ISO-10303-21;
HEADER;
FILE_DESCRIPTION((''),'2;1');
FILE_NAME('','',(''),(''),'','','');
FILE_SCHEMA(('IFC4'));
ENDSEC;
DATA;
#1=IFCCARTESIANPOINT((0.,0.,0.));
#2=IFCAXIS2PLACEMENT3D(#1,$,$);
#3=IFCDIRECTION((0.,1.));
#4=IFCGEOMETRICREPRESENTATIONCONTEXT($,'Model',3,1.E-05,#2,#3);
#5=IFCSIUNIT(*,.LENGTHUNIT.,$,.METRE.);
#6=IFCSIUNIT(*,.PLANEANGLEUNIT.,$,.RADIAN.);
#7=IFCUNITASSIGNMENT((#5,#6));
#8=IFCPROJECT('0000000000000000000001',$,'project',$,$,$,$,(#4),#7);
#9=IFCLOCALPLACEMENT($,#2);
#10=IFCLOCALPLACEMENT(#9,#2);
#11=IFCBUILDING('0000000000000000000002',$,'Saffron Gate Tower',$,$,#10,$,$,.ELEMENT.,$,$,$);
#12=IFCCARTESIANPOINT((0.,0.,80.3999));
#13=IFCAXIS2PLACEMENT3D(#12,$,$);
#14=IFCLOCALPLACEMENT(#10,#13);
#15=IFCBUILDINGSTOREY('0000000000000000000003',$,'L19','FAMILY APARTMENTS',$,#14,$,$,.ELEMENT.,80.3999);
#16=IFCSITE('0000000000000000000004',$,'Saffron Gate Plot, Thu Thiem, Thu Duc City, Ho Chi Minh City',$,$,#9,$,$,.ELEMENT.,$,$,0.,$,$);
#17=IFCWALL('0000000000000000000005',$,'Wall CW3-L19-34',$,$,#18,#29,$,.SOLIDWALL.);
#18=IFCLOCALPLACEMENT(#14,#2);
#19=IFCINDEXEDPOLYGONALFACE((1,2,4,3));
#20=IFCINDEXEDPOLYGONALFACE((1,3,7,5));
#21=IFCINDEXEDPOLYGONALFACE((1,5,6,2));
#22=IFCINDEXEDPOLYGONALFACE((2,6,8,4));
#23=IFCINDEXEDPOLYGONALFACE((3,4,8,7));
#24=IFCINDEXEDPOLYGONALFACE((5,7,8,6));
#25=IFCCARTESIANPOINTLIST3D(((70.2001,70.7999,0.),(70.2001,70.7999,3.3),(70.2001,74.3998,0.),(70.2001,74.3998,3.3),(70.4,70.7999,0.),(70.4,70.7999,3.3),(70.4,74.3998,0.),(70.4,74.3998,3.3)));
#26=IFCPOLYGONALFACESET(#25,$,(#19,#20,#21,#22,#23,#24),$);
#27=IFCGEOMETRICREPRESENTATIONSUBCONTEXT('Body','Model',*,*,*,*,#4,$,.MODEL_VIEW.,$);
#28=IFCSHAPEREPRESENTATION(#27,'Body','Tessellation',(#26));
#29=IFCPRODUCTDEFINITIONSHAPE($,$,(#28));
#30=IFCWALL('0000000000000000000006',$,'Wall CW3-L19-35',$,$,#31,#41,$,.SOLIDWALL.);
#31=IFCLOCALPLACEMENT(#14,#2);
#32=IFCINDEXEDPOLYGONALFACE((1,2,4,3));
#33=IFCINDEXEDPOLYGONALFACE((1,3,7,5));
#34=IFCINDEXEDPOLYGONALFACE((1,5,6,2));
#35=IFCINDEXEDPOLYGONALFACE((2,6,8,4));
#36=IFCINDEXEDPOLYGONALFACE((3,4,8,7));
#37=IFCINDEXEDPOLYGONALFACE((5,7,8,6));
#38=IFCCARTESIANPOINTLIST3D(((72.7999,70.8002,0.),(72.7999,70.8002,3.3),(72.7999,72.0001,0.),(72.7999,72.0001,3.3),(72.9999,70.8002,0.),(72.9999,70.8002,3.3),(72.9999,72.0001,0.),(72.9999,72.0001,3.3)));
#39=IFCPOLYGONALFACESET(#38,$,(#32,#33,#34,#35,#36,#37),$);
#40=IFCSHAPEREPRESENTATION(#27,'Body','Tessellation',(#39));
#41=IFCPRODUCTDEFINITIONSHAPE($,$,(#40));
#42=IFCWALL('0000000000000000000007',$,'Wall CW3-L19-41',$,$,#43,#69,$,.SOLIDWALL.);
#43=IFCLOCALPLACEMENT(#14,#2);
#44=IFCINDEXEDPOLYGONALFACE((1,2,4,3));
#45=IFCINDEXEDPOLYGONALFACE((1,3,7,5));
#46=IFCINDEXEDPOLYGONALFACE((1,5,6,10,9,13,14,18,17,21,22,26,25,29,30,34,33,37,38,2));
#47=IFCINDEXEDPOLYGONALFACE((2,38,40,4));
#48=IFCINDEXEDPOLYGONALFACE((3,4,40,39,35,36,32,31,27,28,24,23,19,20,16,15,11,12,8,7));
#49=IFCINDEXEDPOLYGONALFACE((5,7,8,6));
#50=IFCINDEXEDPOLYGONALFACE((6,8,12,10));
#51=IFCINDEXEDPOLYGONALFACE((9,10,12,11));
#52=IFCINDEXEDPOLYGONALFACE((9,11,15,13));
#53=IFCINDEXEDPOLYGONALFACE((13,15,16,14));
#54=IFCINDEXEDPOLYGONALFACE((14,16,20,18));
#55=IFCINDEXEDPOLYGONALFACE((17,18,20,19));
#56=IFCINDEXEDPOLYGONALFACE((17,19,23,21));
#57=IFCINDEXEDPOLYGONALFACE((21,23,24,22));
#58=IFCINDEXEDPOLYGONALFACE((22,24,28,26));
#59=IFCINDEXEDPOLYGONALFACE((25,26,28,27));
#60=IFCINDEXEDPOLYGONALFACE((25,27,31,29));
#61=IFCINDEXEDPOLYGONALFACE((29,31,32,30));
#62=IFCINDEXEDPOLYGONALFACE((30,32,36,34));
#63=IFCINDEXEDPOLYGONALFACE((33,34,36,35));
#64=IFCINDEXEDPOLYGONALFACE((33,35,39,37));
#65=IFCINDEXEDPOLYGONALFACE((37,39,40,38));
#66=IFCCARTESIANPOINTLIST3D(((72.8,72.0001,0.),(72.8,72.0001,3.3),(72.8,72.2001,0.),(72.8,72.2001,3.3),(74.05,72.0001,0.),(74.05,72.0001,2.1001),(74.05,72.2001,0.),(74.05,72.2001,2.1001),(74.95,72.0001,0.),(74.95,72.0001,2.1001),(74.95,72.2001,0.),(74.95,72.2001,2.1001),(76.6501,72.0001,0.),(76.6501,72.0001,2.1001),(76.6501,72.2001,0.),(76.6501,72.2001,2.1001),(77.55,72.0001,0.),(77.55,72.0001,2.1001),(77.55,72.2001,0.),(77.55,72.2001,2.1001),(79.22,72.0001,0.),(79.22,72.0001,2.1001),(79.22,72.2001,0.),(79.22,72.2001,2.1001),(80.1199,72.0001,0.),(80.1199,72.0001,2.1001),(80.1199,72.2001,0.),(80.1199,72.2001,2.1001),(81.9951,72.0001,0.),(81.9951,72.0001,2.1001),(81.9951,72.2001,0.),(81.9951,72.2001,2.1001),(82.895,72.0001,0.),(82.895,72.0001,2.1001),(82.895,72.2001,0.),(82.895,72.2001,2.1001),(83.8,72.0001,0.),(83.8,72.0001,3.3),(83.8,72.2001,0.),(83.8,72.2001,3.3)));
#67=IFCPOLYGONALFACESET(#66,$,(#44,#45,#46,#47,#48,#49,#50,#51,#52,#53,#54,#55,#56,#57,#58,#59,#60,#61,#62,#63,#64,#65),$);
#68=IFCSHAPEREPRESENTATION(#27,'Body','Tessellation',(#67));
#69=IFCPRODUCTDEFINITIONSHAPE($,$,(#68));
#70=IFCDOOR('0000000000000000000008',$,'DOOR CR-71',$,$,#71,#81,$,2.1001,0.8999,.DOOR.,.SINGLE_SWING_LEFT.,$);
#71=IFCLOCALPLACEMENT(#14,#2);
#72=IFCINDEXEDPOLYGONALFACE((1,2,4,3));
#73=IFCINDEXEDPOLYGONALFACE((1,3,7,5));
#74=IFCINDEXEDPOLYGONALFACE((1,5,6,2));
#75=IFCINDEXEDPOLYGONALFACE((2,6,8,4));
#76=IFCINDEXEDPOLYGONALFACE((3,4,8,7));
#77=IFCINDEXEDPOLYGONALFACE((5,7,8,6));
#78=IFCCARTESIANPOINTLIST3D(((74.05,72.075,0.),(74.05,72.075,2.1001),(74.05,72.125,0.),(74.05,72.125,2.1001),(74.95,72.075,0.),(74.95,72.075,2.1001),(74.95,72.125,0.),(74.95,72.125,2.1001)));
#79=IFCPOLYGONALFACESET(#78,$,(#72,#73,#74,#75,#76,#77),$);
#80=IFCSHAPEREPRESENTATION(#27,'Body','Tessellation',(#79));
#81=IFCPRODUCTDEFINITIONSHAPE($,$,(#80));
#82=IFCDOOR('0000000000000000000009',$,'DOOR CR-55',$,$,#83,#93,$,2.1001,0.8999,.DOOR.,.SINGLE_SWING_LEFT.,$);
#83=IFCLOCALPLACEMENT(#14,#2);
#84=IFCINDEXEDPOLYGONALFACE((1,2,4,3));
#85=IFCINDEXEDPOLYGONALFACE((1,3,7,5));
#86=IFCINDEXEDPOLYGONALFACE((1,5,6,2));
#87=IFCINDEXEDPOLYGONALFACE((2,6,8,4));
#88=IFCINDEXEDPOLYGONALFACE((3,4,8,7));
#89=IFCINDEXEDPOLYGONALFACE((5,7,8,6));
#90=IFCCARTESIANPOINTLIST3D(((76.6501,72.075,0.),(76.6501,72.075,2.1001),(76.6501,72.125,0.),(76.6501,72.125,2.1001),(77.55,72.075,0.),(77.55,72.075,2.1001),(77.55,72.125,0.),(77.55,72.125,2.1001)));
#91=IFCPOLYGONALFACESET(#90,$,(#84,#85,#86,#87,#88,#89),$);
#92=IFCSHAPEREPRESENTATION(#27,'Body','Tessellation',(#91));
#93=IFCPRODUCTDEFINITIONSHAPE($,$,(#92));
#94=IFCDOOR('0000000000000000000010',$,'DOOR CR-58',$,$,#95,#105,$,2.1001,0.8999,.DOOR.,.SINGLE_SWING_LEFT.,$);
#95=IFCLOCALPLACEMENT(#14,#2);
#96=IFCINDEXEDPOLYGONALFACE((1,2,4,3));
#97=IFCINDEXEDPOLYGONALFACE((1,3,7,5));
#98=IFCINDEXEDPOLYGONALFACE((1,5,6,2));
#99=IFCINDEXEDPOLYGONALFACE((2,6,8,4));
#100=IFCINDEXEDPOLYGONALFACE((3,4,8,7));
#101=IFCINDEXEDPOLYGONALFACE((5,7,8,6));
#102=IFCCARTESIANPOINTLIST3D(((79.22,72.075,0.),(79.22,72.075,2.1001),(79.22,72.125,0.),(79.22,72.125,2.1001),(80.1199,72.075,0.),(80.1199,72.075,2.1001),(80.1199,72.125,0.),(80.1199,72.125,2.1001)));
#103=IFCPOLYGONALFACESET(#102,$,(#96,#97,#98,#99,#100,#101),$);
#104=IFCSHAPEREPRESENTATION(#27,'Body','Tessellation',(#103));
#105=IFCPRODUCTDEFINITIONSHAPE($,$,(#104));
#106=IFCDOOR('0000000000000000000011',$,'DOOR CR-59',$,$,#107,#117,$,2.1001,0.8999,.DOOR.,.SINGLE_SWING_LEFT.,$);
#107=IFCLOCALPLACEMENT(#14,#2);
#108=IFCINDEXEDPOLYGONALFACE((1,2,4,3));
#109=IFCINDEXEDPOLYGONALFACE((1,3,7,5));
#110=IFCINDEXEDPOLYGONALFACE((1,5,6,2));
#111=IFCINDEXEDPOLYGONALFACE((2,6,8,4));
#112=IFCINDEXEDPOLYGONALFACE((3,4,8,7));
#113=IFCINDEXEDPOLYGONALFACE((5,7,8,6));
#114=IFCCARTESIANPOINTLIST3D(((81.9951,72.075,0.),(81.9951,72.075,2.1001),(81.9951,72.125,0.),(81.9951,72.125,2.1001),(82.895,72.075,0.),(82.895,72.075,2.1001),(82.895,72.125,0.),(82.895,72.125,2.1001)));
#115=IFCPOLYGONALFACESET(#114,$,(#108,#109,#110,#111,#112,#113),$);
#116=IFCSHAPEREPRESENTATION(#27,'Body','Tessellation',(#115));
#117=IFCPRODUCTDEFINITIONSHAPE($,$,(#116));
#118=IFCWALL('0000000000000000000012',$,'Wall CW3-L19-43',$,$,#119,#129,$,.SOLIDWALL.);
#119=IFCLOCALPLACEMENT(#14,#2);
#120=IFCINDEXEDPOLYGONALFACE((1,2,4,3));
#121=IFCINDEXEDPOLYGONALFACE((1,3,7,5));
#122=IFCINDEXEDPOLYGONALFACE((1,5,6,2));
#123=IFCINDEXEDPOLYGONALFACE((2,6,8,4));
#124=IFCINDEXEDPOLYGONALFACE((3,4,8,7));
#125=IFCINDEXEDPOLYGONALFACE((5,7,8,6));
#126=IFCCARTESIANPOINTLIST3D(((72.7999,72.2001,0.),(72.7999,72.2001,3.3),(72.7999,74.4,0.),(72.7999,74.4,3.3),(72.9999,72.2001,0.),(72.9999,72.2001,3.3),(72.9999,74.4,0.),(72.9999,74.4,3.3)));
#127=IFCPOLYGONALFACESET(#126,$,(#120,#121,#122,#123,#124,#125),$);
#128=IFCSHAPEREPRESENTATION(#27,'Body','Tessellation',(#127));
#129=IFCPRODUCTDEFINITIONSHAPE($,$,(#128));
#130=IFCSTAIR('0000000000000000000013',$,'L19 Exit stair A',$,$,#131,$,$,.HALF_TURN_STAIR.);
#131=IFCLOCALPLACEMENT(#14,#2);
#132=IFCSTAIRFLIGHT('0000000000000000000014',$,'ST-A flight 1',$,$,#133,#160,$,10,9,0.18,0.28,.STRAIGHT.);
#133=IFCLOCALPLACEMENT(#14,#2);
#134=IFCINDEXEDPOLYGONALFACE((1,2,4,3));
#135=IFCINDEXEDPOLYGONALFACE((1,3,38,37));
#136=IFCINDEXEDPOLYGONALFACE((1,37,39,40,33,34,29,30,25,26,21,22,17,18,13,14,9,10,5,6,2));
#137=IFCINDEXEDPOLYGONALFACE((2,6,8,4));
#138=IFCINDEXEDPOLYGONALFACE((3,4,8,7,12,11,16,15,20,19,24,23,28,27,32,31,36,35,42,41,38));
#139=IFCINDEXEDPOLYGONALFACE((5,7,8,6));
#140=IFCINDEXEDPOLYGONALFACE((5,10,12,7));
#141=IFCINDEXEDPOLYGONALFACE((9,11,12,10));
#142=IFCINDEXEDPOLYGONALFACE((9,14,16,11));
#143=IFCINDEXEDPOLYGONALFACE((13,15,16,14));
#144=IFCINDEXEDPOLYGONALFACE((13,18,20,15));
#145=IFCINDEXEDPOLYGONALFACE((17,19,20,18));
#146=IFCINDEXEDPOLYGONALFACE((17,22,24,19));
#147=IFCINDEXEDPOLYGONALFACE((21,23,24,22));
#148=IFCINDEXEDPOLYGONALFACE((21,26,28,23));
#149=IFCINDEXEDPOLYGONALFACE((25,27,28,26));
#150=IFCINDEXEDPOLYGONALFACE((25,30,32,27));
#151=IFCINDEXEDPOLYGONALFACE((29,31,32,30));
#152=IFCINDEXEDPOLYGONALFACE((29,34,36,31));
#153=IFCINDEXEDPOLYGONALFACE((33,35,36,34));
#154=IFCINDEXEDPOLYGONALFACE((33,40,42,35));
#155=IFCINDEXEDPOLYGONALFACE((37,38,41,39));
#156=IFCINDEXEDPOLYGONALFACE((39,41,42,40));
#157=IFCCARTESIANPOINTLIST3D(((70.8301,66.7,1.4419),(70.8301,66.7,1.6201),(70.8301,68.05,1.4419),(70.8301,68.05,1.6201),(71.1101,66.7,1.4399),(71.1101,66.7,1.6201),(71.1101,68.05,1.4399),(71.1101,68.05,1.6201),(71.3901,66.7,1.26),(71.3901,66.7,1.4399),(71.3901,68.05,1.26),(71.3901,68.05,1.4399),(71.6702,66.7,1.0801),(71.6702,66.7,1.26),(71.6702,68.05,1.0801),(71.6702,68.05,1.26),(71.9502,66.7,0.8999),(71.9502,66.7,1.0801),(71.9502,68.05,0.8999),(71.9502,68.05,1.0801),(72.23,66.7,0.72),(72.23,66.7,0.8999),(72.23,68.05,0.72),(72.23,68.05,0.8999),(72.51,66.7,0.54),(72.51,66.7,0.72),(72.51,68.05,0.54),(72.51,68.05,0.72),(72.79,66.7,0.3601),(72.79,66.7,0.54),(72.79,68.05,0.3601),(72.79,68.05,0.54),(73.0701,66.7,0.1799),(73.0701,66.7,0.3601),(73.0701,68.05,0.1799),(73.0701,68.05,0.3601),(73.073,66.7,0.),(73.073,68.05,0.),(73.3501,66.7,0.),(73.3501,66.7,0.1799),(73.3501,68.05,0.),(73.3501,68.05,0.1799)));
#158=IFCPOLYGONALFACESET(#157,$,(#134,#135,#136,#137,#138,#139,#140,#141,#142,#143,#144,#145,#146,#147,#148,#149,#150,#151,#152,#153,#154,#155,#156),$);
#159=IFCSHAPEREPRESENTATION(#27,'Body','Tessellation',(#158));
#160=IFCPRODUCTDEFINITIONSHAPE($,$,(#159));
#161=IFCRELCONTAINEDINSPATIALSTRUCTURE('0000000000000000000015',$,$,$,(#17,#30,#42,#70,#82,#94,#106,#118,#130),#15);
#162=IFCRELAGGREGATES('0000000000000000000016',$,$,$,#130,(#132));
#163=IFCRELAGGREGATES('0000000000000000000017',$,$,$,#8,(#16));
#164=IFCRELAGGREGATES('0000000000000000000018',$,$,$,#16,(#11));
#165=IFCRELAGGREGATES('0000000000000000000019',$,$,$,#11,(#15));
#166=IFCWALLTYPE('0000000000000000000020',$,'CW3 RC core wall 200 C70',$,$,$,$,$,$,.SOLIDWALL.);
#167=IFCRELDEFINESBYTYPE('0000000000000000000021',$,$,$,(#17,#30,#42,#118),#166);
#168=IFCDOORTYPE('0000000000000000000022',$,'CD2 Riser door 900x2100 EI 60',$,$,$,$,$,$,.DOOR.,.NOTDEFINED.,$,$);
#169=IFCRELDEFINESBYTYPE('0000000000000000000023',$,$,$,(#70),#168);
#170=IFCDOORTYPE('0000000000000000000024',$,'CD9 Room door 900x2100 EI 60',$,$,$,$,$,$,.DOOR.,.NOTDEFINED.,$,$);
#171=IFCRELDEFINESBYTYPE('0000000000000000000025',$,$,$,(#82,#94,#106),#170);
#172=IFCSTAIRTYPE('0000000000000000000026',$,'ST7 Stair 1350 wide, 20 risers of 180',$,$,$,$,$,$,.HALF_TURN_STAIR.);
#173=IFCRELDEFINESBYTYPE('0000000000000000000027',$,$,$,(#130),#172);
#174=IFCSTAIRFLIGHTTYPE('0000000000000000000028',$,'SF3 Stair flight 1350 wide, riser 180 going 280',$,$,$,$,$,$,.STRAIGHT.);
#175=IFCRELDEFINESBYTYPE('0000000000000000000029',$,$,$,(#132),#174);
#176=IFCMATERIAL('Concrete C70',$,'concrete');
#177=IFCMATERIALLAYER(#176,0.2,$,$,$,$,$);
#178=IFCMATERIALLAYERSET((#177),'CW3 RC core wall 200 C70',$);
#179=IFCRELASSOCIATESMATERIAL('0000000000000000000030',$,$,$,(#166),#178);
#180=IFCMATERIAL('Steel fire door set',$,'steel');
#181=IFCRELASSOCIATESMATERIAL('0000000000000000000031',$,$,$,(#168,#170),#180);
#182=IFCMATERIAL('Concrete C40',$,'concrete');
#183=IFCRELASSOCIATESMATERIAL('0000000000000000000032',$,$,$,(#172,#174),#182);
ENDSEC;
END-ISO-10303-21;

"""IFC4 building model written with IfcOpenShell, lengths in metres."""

from ifc_helpers import new_model, si_unit, direction, frame, frame_2d, origin, place, context, subcontext, project, spatial, polyline, rectangle, outline, extrude, material, layer, layer_set, type_object, element, fill, aggregate, save


model = new_model("IFC4")

# Units and contexts
model_context = context("Model", 3, precision=1e-05, world=origin(), true_north=direction((0.0, 1.0)))
body_context = subcontext(model_context, "Body", "Model", "MODEL_VIEW")
ifc_project = project(units=[si_unit("LENGTHUNIT", "METRE"), si_unit("PLANEANGLEUNIT", "RADIAN")], contexts=[model_context])

# Site, building, storey
site_placement = place(None, origin())
site = spatial("IfcSite", under=ifc_project, at=site_placement, Name="Saffron Gate Plot, Thu Thiem, Thu Duc City, Ho Chi Minh City", CompositionType="ELEMENT", RefElevation=0.0)
building_placement = place(site_placement, origin())
building = spatial("IfcBuilding", under=site, at=building_placement, Name="Saffron Gate Tower", CompositionType="ELEMENT")
storey_placement = place(building_placement, frame((0.0, 0.0, 80.3999)))
storey = spatial("IfcBuildingStorey", under=building, at=storey_placement, Name="L19", Description="FAMILY APARTMENTS", CompositionType="ELEMENT", Elevation=80.3999)

# Walls
ifc_material_1 = material(Name="Concrete C70", Category="concrete")
ifc_layer = layer(ifc_material_1, 0.2)
ifc_layer_set = layer_set([ifc_layer], Name="CW3 RC core wall 200 C70")
wall_type = type_object("IfcWallType", Name="CW3 RC core wall 200 C70", PredefinedType="SOLIDWALL", material=ifc_layer_set)
wall_1_placement = place(storey_placement, frame((70.3, 70.8, 0.0), z_axis=(0.0, 0.0, 1.0), x_axis=(0.0, 1.0, 0.0)))
element("IfcWall", 1, at=wall_1_placement, inside=storey, type_object=wall_type, Name="Wall CW3-L19-34", PredefinedType="SOLIDWALL", context=body_context, shape_type="SweptSolid", body=[
    extrude(rectangle(XDim=3.5999, YDim=0.2, at=frame_2d((1.7998, 0.0))), origin(), (0.0, 0.0, 1.0), 3.3),
])
wall_2_placement = place(storey_placement, frame((72.8999, 70.8, 0.0), z_axis=(0.0, 0.0, 1.0), x_axis=(0.0, 1.0, 0.0)))
element("IfcWall", 2, at=wall_2_placement, inside=storey, type_object=wall_type, Name="Wall CW3-L19-35", PredefinedType="SOLIDWALL", context=body_context, shape_type="SweptSolid", body=[
    extrude(rectangle(XDim=1.2, YDim=0.2, at=frame_2d((0.6001, 0.0))), origin(), (0.0, 0.0, 1.0), 3.3),
])

# Wall, openings, doors
wall_3_placement = place(storey_placement, frame((72.8, 72.1001, 0.0), z_axis=(0.0, 0.0, 1.0), x_axis=(1.0, 0.0, 0.0)))
wall_3 = element("IfcWall", 3, at=wall_3_placement, inside=storey, type_object=wall_type, Name="Wall CW3-L19-41", PredefinedType="SOLIDWALL", context=body_context, shape_type="SweptSolid", body=[
    extrude(rectangle(XDim=11.0, YDim=0.2, at=frame_2d((5.5, 0.0))), origin(), (0.0, 0.0, 1.0), 3.3),
])
opening_1_placement = place(wall_3_placement, frame((1.25, 0.0, 0.0)))
opening_1 = element("IfcOpeningElement", 4, at=opening_1_placement, cuts=wall_3, PredefinedType="OPENING", context=body_context, shape_type="SweptSolid", body=[
    extrude(rectangle(XDim=0.8999, YDim=2.1001, at=frame_2d((0.45, 1.05))), frame((0.0, 0.1099, 0.0), z_axis=(0.0, -1.0, 0.0), x_axis=(1.0, 0.0, 0.0)), (0.0, 0.0, 1.0), 0.22),
])
opening_2_placement = place(wall_3_placement, frame((3.8501, 0.0, 0.0)))
opening_2 = element("IfcOpeningElement", 5, at=opening_2_placement, cuts=wall_3, PredefinedType="OPENING", context=body_context, shape_type="SweptSolid", body=[
    extrude(rectangle(XDim=0.8999, YDim=2.1001, at=frame_2d((0.45, 1.05))), frame((0.0, 0.1099, 0.0), z_axis=(0.0, -1.0, 0.0), x_axis=(1.0, 0.0, 0.0)), (0.0, 0.0, 1.0), 0.22),
])
opening_3_placement = place(wall_3_placement, frame((6.4199, 0.0, 0.0)))
opening_3 = element("IfcOpeningElement", 6, at=opening_3_placement, cuts=wall_3, PredefinedType="OPENING", context=body_context, shape_type="SweptSolid", body=[
    extrude(rectangle(XDim=0.8999, YDim=2.1001, at=frame_2d((0.45, 1.05))), frame((0.0, 0.1099, 0.0), z_axis=(0.0, -1.0, 0.0), x_axis=(1.0, 0.0, 0.0)), (0.0, 0.0, 1.0), 0.22),
])
opening_4_placement = place(wall_3_placement, frame((9.1951, 0.0, 0.0)))
opening_4 = element("IfcOpeningElement", 7, at=opening_4_placement, cuts=wall_3, PredefinedType="OPENING", context=body_context, shape_type="SweptSolid", body=[
    extrude(rectangle(XDim=0.8999, YDim=2.1001, at=frame_2d((0.45, 1.05))), frame((0.0, 0.1099, 0.0), z_axis=(0.0, -1.0, 0.0), x_axis=(1.0, 0.0, 0.0)), (0.0, 0.0, 1.0), 0.22),
])
ifc_material_2 = material(Name="Steel fire door set", Category="steel")
door_type_1 = type_object("IfcDoorType", Name="CD2 Riser door 900x2100 EI 60", OperationType="NOTDEFINED", PredefinedType="DOOR", material=ifc_material_2)
door_1_placement = place(opening_1_placement, origin())
door_1 = element("IfcDoor", 8, at=door_1_placement, inside=storey, type_object=door_type_1, Name="DOOR CR-71", OperationType="SINGLE_SWING_LEFT", OverallHeight=2.1001, OverallWidth=0.8999, PredefinedType="DOOR", context=body_context, shape_type="SweptSolid", body=[
    extrude(rectangle(XDim=0.8999, YDim=2.1001, at=frame_2d((0.45, 1.05))), frame((0.0, 0.0249, 0.0), z_axis=(0.0, -1.0, 0.0), x_axis=(1.0, 0.0, 0.0)), (0.0, 0.0, 1.0), 0.05),
])
fill(opening_1, door_1)
door_type_2 = type_object("IfcDoorType", Name="CD9 Room door 900x2100 EI 60", OperationType="NOTDEFINED", PredefinedType="DOOR", material=ifc_material_2)
door_2_placement = place(opening_2_placement, origin())
door_2 = element("IfcDoor", 9, at=door_2_placement, inside=storey, type_object=door_type_2, Name="DOOR CR-55", OperationType="SINGLE_SWING_LEFT", OverallHeight=2.1001, OverallWidth=0.8999, PredefinedType="DOOR", context=body_context, shape_type="SweptSolid", body=[
    extrude(rectangle(XDim=0.8999, YDim=2.1001, at=frame_2d((0.45, 1.05))), frame((0.0, 0.0249, 0.0), z_axis=(0.0, -1.0, 0.0), x_axis=(1.0, 0.0, 0.0)), (0.0, 0.0, 1.0), 0.05),
])
fill(opening_2, door_2)
door_3_placement = place(opening_3_placement, origin())
door_3 = element("IfcDoor", 10, at=door_3_placement, inside=storey, type_object=door_type_2, Name="DOOR CR-58", OperationType="SINGLE_SWING_LEFT", OverallHeight=2.1001, OverallWidth=0.8999, PredefinedType="DOOR", context=body_context, shape_type="SweptSolid", body=[
    extrude(rectangle(XDim=0.8999, YDim=2.1001, at=frame_2d((0.45, 1.05))), frame((0.0, 0.0249, 0.0), z_axis=(0.0, -1.0, 0.0), x_axis=(1.0, 0.0, 0.0)), (0.0, 0.0, 1.0), 0.05),
])
fill(opening_3, door_3)
door_4_placement = place(opening_4_placement, origin())
door_4 = element("IfcDoor", 11, at=door_4_placement, inside=storey, type_object=door_type_2, Name="DOOR CR-59", OperationType="SINGLE_SWING_LEFT", OverallHeight=2.1001, OverallWidth=0.8999, PredefinedType="DOOR", context=body_context, shape_type="SweptSolid", body=[
    extrude(rectangle(XDim=0.8999, YDim=2.1001, at=frame_2d((0.45, 1.05))), frame((0.0, 0.0249, 0.0), z_axis=(0.0, -1.0, 0.0), x_axis=(1.0, 0.0, 0.0)), (0.0, 0.0, 1.0), 0.05),
])
fill(opening_4, door_4)

# Wall
wall_4_placement = place(storey_placement, frame((72.8999, 72.2, 0.0), z_axis=(0.0, 0.0, 1.0), x_axis=(0.0, 1.0, 0.0)))
element("IfcWall", 12, at=wall_4_placement, inside=storey, type_object=wall_type, Name="Wall CW3-L19-43", PredefinedType="SOLIDWALL", context=body_context, shape_type="SweptSolid", body=[
    extrude(rectangle(XDim=2.2, YDim=0.2, at=frame_2d((1.1001, 0.0))), origin(), (0.0, 0.0, 1.0), 3.3),
])

# Stair, stair flight
ifc_material_3 = material(Name="Concrete C40", Category="concrete")
stair_type = type_object("IfcStairType", Name="ST7 Stair 1350 wide, 20 risers of 180", PredefinedType="HALF_TURN_STAIR", material=ifc_material_3)
stair_placement = place(storey_placement, origin())
stair = element("IfcStair", 13, at=stair_placement, inside=storey, type_object=stair_type, Name="L19 Exit stair A", PredefinedType="HALF_TURN_STAIR")
stair_flight_type = type_object("IfcStairFlightType", Name="SF3 Stair flight 1350 wide, riser 180 going 280", PredefinedType="STRAIGHT", material=ifc_material_3)
stair_flight_placement = place(storey_placement, frame((73.3501, 67.375, 0.0), z_axis=(0.0, 0.0, 1.0), x_axis=(-1.0, 0.0, 0.0)))
stair_flight = element("IfcStairFlight", 14, at=stair_flight_placement, type_object=stair_flight_type, Name="ST-A flight 1", NumberOfRisers=10, NumberOfTreads=9, PredefinedType="STRAIGHT", RiserHeight=0.18, TreadLength=0.28, context=body_context, shape_type="SweptSolid", body=[
    extrude(outline(polyline([(0.0, 0.0), (0.0, 0.1799), (0.28, 0.1799), (0.28, 0.3601), (0.5601, 0.3601), (0.5601, 0.54), (0.8401, 0.54), (0.8401, 0.72), (1.1201, 0.72), (1.1201, 0.8999), (1.3999, 0.8999), (1.3999, 1.0801), (1.6799, 1.0801), (1.6799, 1.26), (1.96, 1.26), (1.96, 1.4399), (2.24, 1.4399), (2.24, 1.6201), (2.52, 1.6201), (2.52, 1.8), (2.52, 1.4419), (0.2771, 0.0), (0.0, 0.0)])), frame((0.0, 0.675, 0.0), z_axis=(0.0, -1.0, 0.0), x_axis=(1.0, 0.0, 0.0)), (0.0, 0.0, 1.0), 1.3501),
])
aggregate(stair, [stair_flight])

save(model, "model.ifc")
